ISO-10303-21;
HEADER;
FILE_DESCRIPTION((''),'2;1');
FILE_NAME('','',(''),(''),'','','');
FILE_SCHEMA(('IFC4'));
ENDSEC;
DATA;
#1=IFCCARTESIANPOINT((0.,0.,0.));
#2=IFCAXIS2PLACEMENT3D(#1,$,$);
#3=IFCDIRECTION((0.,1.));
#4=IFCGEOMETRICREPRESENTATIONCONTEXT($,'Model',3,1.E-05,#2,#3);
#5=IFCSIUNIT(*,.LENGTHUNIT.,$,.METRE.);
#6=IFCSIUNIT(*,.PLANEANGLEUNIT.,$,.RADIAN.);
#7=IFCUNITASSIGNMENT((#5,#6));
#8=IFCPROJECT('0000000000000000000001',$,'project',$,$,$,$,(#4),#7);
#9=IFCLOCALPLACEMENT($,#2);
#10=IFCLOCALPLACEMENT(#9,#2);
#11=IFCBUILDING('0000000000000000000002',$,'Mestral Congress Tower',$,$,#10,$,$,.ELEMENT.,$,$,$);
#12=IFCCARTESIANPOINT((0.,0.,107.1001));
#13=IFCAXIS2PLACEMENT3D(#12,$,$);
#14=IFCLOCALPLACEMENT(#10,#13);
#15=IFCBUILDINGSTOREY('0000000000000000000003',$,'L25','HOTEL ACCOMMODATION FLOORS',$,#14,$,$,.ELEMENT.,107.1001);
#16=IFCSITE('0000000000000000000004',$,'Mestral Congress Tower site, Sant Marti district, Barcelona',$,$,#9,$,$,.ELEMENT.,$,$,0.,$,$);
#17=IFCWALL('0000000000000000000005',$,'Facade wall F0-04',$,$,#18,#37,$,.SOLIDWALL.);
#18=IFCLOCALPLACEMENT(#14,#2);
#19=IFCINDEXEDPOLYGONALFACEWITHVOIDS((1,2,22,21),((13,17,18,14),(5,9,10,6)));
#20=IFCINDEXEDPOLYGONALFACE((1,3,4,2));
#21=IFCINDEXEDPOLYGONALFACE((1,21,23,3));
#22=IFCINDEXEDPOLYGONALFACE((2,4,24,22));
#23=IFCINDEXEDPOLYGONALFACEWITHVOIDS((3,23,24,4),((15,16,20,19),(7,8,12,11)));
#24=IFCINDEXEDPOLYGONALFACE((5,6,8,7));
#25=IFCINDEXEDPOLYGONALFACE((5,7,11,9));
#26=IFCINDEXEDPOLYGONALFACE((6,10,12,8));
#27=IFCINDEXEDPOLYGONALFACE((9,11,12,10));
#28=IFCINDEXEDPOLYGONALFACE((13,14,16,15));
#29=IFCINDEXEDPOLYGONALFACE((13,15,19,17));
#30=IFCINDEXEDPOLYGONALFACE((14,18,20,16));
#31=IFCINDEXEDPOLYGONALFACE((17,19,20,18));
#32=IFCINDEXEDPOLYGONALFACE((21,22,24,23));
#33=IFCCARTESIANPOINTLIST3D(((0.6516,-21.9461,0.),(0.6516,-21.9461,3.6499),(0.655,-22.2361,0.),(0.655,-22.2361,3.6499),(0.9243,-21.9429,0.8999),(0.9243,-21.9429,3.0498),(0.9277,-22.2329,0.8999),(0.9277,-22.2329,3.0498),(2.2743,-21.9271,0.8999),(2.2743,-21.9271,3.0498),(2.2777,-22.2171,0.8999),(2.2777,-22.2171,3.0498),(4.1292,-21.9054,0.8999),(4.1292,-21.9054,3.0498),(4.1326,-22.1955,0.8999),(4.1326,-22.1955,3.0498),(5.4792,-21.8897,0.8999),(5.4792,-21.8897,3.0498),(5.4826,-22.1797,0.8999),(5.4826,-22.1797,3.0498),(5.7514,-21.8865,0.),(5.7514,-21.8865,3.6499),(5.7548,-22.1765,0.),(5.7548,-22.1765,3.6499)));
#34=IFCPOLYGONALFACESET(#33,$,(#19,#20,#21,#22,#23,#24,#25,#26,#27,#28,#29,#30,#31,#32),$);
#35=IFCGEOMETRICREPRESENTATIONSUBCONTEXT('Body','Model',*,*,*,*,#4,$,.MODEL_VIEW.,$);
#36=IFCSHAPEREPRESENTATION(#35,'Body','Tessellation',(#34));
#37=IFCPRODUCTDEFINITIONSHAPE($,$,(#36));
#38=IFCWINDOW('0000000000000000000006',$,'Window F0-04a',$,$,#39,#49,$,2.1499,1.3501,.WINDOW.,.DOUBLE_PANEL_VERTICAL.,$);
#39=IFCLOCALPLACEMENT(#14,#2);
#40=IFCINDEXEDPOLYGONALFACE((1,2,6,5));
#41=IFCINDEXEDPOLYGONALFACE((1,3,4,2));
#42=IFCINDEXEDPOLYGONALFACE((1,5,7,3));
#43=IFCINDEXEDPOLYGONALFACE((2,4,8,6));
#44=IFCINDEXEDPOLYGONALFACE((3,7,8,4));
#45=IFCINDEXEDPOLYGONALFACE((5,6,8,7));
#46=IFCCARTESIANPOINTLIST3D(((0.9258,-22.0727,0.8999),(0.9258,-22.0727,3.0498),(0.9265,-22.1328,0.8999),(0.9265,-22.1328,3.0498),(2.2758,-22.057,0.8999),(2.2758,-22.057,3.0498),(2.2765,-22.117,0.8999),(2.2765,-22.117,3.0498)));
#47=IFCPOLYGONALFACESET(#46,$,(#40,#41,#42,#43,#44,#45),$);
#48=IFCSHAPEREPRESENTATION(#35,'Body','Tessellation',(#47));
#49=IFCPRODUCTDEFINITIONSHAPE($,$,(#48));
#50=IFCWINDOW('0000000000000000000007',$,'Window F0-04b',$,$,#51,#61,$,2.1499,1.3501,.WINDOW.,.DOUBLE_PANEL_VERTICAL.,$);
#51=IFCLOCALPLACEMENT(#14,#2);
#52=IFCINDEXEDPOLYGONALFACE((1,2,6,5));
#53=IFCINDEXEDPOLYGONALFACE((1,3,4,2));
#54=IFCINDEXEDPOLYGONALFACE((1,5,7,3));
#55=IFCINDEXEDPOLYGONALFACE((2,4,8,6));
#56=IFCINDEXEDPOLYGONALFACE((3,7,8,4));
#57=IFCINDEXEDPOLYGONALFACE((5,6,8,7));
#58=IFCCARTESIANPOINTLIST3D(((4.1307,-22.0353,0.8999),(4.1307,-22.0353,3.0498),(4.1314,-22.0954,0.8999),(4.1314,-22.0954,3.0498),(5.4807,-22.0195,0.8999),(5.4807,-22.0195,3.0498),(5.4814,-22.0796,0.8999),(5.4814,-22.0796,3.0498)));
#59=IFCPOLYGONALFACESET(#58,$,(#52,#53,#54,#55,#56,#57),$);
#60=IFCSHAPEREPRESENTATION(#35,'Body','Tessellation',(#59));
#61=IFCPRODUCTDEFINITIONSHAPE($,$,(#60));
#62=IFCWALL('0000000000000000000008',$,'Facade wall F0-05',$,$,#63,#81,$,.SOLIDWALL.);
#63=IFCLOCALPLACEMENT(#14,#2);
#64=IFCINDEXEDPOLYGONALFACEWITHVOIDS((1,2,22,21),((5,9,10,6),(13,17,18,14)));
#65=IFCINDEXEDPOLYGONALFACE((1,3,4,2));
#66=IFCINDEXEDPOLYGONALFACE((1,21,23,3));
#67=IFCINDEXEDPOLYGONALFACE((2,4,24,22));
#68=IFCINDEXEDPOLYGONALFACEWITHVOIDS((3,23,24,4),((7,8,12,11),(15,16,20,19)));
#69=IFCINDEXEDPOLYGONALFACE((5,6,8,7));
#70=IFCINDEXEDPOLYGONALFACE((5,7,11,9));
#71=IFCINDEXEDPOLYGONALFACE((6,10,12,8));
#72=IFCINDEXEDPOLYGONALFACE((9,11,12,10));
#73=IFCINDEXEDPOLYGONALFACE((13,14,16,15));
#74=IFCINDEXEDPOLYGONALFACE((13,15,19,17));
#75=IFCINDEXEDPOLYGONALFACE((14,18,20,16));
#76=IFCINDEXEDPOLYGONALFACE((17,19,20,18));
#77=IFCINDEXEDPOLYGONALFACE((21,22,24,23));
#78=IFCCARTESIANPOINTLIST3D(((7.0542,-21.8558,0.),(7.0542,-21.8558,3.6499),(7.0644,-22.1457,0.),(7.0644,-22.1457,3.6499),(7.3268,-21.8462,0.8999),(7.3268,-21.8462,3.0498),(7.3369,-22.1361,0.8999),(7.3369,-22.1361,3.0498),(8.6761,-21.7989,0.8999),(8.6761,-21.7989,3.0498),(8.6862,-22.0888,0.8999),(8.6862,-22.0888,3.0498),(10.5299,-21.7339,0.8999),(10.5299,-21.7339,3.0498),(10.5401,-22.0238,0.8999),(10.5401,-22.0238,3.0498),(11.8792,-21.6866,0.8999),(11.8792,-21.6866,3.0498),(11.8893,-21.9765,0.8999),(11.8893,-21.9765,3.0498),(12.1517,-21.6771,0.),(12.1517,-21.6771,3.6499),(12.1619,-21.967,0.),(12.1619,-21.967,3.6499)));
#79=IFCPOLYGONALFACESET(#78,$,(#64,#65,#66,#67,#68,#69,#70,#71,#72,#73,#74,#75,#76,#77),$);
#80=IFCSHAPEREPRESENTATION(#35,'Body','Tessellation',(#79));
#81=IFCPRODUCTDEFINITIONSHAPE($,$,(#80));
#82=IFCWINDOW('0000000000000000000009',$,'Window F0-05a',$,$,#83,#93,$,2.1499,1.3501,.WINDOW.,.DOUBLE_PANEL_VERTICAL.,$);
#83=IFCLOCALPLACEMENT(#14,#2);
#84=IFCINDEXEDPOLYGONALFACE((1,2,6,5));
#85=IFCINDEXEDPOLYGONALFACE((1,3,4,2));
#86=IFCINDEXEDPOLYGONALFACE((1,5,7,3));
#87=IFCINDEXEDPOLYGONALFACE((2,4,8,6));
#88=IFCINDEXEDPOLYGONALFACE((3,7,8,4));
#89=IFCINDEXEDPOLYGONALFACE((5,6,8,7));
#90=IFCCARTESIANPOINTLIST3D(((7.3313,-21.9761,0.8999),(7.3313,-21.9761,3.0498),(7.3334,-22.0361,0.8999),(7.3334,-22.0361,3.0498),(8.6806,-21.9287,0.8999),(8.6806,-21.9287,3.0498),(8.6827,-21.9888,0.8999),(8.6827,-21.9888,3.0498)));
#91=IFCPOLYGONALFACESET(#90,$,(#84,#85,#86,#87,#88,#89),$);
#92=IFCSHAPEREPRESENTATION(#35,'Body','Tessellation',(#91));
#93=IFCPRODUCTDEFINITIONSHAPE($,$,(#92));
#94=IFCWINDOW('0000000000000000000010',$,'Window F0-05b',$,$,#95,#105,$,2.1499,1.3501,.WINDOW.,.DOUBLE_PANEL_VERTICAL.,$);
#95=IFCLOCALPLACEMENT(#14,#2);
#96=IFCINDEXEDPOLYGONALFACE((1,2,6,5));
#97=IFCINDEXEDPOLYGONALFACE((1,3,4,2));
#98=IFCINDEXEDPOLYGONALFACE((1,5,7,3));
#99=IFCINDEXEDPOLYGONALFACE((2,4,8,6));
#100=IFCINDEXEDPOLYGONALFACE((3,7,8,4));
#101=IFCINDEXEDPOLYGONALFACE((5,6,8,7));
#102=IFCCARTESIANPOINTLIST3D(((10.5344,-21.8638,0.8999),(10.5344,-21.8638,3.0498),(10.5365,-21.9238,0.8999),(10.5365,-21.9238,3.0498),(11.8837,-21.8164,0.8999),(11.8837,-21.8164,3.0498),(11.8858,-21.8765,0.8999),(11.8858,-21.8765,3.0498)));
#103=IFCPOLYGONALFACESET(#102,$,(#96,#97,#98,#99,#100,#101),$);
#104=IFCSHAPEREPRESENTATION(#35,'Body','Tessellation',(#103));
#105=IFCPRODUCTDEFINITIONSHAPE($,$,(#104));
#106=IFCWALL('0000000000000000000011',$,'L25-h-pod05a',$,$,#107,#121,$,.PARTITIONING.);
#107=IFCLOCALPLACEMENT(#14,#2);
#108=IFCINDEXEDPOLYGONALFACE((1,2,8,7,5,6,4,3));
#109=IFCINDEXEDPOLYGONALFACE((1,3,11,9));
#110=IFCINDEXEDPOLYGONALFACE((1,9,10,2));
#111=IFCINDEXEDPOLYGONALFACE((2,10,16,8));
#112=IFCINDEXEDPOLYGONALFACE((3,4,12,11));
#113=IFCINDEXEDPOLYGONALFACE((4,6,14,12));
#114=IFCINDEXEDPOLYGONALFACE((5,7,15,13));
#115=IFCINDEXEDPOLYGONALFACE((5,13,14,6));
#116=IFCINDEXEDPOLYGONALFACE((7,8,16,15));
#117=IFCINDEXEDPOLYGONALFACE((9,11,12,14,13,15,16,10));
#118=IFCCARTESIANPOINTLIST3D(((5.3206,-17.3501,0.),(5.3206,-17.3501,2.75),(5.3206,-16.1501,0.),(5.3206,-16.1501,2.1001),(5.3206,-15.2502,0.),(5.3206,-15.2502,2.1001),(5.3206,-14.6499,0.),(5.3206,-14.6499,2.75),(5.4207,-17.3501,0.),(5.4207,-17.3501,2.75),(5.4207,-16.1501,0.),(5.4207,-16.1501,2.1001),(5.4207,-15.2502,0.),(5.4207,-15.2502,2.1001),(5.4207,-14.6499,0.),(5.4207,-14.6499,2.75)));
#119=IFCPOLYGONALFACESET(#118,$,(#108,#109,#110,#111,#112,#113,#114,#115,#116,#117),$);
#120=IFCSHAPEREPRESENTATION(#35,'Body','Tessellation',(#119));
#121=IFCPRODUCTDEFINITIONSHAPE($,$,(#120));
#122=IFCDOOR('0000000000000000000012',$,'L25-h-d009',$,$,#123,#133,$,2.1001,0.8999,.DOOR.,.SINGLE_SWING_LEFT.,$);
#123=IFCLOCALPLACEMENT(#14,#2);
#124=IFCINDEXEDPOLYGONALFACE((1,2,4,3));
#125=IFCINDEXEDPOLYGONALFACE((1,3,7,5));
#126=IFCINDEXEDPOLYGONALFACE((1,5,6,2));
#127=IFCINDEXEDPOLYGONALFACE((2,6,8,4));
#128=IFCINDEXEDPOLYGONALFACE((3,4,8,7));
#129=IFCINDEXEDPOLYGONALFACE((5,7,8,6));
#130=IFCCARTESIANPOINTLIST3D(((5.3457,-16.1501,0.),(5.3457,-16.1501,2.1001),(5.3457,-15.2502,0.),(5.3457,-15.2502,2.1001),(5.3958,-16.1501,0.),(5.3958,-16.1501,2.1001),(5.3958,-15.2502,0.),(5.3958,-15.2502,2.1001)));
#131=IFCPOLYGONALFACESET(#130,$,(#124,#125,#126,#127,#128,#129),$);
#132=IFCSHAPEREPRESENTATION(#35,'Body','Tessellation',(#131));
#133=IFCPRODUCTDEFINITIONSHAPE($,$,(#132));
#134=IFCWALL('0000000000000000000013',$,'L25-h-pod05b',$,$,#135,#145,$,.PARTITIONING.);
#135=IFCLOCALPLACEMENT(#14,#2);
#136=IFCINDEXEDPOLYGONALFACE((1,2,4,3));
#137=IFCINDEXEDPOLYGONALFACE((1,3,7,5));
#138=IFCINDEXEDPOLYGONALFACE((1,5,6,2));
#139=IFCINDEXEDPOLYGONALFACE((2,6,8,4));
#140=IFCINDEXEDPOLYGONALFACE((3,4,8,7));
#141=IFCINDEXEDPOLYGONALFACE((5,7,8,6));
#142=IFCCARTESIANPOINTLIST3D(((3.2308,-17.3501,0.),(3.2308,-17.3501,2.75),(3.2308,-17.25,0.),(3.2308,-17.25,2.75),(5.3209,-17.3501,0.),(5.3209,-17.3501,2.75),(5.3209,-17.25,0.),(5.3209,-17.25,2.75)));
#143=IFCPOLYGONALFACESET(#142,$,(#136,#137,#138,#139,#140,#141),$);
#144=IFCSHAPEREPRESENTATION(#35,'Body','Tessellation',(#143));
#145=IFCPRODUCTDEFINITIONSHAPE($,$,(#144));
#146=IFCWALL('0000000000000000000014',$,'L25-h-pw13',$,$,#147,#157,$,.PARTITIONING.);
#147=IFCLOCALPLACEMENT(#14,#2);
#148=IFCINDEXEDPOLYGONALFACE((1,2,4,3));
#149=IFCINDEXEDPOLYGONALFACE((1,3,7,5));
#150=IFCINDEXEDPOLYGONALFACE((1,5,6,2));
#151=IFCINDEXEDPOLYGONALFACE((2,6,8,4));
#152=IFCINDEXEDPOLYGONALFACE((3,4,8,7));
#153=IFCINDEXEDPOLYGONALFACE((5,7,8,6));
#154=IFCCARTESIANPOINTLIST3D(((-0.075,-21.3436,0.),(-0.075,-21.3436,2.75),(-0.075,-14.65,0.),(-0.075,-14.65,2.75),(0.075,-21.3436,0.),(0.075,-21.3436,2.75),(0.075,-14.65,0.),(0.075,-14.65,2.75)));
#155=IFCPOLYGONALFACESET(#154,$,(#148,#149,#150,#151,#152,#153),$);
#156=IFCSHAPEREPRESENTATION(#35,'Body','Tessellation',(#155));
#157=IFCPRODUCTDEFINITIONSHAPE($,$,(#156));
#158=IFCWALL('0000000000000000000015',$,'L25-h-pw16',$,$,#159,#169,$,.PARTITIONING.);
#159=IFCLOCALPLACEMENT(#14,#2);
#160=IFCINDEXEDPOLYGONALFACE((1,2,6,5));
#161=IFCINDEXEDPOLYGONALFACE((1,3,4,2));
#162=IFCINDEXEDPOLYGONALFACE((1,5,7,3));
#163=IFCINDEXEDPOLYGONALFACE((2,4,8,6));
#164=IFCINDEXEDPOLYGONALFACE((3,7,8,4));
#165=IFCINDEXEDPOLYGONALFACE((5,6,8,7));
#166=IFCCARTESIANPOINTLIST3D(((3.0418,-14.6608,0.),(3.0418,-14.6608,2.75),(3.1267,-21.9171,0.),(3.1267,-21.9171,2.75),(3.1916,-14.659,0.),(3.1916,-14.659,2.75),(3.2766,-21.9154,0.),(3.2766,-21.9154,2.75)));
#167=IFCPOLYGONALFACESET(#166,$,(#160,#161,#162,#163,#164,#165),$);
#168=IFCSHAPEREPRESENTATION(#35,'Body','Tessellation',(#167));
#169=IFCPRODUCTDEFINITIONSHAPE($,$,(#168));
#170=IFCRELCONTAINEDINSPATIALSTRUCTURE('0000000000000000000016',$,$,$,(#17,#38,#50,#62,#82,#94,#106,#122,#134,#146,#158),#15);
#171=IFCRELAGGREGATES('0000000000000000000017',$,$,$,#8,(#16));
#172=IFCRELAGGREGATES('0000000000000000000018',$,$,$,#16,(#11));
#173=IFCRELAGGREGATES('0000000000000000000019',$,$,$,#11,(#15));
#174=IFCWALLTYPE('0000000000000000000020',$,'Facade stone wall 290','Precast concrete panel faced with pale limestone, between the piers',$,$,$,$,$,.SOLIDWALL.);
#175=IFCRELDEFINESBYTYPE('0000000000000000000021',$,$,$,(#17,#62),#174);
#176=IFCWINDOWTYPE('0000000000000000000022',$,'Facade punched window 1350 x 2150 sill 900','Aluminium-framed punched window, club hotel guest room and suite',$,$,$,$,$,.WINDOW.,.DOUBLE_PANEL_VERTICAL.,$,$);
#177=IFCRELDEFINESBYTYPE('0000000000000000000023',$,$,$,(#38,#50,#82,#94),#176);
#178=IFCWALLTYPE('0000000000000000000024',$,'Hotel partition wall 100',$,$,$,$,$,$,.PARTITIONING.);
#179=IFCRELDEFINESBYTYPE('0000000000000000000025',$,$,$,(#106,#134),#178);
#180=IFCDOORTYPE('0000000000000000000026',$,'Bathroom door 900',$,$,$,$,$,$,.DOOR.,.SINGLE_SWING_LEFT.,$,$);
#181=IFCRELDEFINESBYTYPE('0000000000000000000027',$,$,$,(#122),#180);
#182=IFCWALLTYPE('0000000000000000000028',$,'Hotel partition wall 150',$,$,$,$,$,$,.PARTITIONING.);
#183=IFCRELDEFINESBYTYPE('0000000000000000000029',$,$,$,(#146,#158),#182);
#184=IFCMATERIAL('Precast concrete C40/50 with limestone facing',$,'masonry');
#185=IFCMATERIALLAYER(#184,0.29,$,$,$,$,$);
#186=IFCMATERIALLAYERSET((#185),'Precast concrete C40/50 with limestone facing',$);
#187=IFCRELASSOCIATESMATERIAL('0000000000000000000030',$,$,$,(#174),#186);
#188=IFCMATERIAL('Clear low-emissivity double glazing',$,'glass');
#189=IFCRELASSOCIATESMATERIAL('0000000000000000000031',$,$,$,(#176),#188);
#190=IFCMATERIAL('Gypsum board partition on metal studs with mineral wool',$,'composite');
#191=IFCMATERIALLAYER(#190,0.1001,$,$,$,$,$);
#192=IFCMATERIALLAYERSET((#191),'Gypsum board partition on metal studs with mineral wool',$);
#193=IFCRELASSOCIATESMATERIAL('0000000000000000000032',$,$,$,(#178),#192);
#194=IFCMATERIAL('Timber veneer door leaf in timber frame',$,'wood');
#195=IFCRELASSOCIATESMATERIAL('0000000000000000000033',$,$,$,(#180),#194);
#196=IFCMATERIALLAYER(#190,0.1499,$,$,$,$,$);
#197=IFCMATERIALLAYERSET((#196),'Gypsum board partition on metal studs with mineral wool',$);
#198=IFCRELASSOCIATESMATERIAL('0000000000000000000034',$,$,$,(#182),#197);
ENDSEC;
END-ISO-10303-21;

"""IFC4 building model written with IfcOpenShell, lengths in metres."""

from ifc_helpers import new_model, si_unit, direction, frame, frame_2d, origin, place, context, subcontext, project, spatial, rectangle, extrude, material, layer, layer_set, type_object, element, fill, save


model = new_model("IFC4")

# Units and contexts
model_context = context("Model", 3, precision=1e-05, world=origin(), true_north=direction((0.0, 1.0)))
body_context = subcontext(model_context, "Body", "Model", "MODEL_VIEW")
ifc_project = project(units=[si_unit("LENGTHUNIT", "METRE"), si_unit("PLANEANGLEUNIT", "RADIAN")], contexts=[model_context])

# Site, building, storey
site_placement = place(None, origin())
site = spatial("IfcSite", under=ifc_project, at=site_placement, Name="Mestral Congress Tower site, Sant Marti district, Barcelona", CompositionType="ELEMENT", RefElevation=0.0)
building_placement = place(site_placement, origin())
building = spatial("IfcBuilding", under=site, at=building_placement, Name="Mestral Congress Tower", CompositionType="ELEMENT")
storey_placement = place(building_placement, frame((0.0, 0.0, 107.1001)))
storey = spatial("IfcBuildingStorey", under=building, at=storey_placement, Name="L25", Description="HOTEL ACCOMMODATION FLOORS", CompositionType="ELEMENT", Elevation=107.1001)

# Walls, openings, windows
ifc_material_1 = material(Name="Precast concrete C40/50 with limestone facing", Category="masonry")
ifc_layer_1 = layer(ifc_material_1, 0.29)
ifc_layer_set_1 = layer_set([ifc_layer_1], Name="Precast concrete C40/50 with limestone facing")
wall_type_1 = type_object("IfcWallType", Name="Facade stone wall 290", Description="Precast concrete panel faced with pale limestone, between the piers", PredefinedType="SOLIDWALL", material=ifc_layer_set_1)
wall_1_placement = place(storey_placement, frame((0.6533, -22.0911, 0.0), z_axis=(0.0, 0.0, 1.0), x_axis=(0.999932, 0.01168, 0.0)))
wall_1 = element("IfcWall", 1, at=wall_1_placement, inside=storey, type_object=wall_type_1, Name="Facade wall F0-04", PredefinedType="SOLIDWALL", context=body_context, shape_type="SweptSolid", body=[
    extrude(rectangle(XDim=5.1001, YDim=0.29, at=frame_2d((2.55, 0.0))), origin(), (0.0, 0.0, 1.0), 3.6499),
])
opening_1_placement = place(wall_1_placement, frame((0.2727, 0.0, 0.8999)))
opening_1 = element("IfcOpeningElement", 2, at=opening_1_placement, cuts=wall_1, PredefinedType="OPENING", context=body_context, shape_type="SweptSolid", body=[
    extrude(rectangle(XDim=1.3501, YDim=2.1499, at=frame_2d((0.675, 1.075))), frame((0.0, 0.155, 0.0), z_axis=(0.0, -1.0, 0.0), x_axis=(1.0, 0.0, 0.0)), (0.0, 0.0, 1.0), 0.3101),
])
opening_2_placement = place(wall_1_placement, frame((3.4778, 0.0, 0.8999)))
opening_2 = element("IfcOpeningElement", 3, at=opening_2_placement, cuts=wall_1, PredefinedType="OPENING", context=body_context, shape_type="SweptSolid", body=[
    extrude(rectangle(XDim=1.3501, YDim=2.1499, at=frame_2d((0.675, 1.075))), frame((0.0, 0.155, 0.0), z_axis=(0.0, -1.0, 0.0), x_axis=(1.0, 0.0, 0.0)), (0.0, 0.0, 1.0), 0.3101),
])
ifc_material_2 = material(Name="Clear low-emissivity double glazing", Category="glass")
window_type = type_object("IfcWindowType", Name="Facade punched window 1350 x 2150 sill 900", Description="Aluminium-framed punched window, club hotel guest room and suite", PartitioningType="DOUBLE_PANEL_VERTICAL", PredefinedType="WINDOW", material=ifc_material_2)
window_1_placement = place(opening_1_placement, origin())
window_1 = element("IfcWindow", 4, at=window_1_placement, inside=storey, type_object=window_type, Name="Window F0-04a", OverallHeight=2.1499, OverallWidth=1.3501, PartitioningType="DOUBLE_PANEL_VERTICAL", PredefinedType="WINDOW", context=body_context, shape_type="SweptSolid", body=[
    extrude(rectangle(XDim=1.3501, YDim=2.1499, at=frame_2d((0.675, 1.075))), frame((0.0, 0.0151, 0.0), z_axis=(0.0, -1.0, 0.0), x_axis=(1.0, 0.0, 0.0)), (0.0, 0.0, 1.0), 0.0601),
])
fill(opening_1, window_1)
window_2_placement = place(opening_2_placement, origin())
window_2 = element("IfcWindow", 5, at=window_2_placement, inside=storey, type_object=window_type, Name="Window F0-04b", OverallHeight=2.1499, OverallWidth=1.3501, PartitioningType="DOUBLE_PANEL_VERTICAL", PredefinedType="WINDOW", context=body_context, shape_type="SweptSolid", body=[
    extrude(rectangle(XDim=1.3501, YDim=2.1499, at=frame_2d((0.675, 1.075))), frame((0.0, 0.0151, 0.0), z_axis=(0.0, -1.0, 0.0), x_axis=(1.0, 0.0, 0.0)), (0.0, 0.0, 1.0), 0.0601),
])
fill(opening_2, window_2)
wall_2_placement = place(storey_placement, frame((7.0593, -22.0007, 0.0), z_axis=(0.0, 0.0, 1.0), x_axis=(0.999386, 0.035038, 0.0)))
wall_2 = element("IfcWall", 6, at=wall_2_placement, inside=storey, type_object=wall_type_1, Name="Facade wall F0-05", PredefinedType="SOLIDWALL", context=body_context, shape_type="SweptSolid", body=[
    extrude(rectangle(XDim=5.1006, YDim=0.29, at=frame_2d((2.5503, 0.0))), origin(), (0.0, 0.0, 1.0), 3.6499),
])
opening_3_placement = place(wall_2_placement, frame((0.2727, 0.0, 0.8999)))
opening_3 = element("IfcOpeningElement", 7, at=opening_3_placement, cuts=wall_2, PredefinedType="OPENING", context=body_context, shape_type="SweptSolid", body=[
    extrude(rectangle(XDim=1.3501, YDim=2.1499, at=frame_2d((0.675, 1.075))), frame((0.0, 0.155, 0.0), z_axis=(0.0, -1.0, 0.0), x_axis=(1.0, 0.0, 0.0)), (0.0, 0.0, 1.0), 0.3101),
])
opening_4_placement = place(wall_2_placement, frame((3.4778, 0.0, 0.8999)))
opening_4 = element("IfcOpeningElement", 8, at=opening_4_placement, cuts=wall_2, PredefinedType="OPENING", context=body_context, shape_type="SweptSolid", body=[
    extrude(rectangle(XDim=1.3501, YDim=2.1499, at=frame_2d((0.675, 1.075))), frame((0.0, 0.155, 0.0), z_axis=(0.0, -1.0, 0.0), x_axis=(1.0, 0.0, 0.0)), (0.0, 0.0, 1.0), 0.3101),
])
window_3_placement = place(opening_3_placement, origin())
window_3 = element("IfcWindow", 9, at=window_3_placement, inside=storey, type_object=window_type, Name="Window F0-05a", OverallHeight=2.1499, OverallWidth=1.3501, PartitioningType="DOUBLE_PANEL_VERTICAL", PredefinedType="WINDOW", context=body_context, shape_type="SweptSolid", body=[
    extrude(rectangle(XDim=1.3501, YDim=2.1499, at=frame_2d((0.675, 1.075))), frame((0.0, 0.0151, 0.0), z_axis=(0.0, -1.0, 0.0), x_axis=(1.0, 0.0, 0.0)), (0.0, 0.0, 1.0), 0.0601),
])
fill(opening_3, window_3)
window_4_placement = place(opening_4_placement, origin())
window_4 = element("IfcWindow", 10, at=window_4_placement, inside=storey, type_object=window_type, Name="Window F0-05b", OverallHeight=2.1499, OverallWidth=1.3501, PartitioningType="DOUBLE_PANEL_VERTICAL", PredefinedType="WINDOW", context=body_context, shape_type="SweptSolid", body=[
    extrude(rectangle(XDim=1.3501, YDim=2.1499, at=frame_2d((0.675, 1.075))), frame((0.0, 0.0151, 0.0), z_axis=(0.0, -1.0, 0.0), x_axis=(1.0, 0.0, 0.0)), (0.0, 0.0, 1.0), 0.0601),
])
fill(opening_4, window_4)

# Wall, opening, door
ifc_material_3 = material(Name="Gypsum board partition on metal studs with mineral wool", Category="composite")
ifc_layer_2 = layer(ifc_material_3, 0.1001)
ifc_layer_set_2 = layer_set([ifc_layer_2], Name="Gypsum board partition on metal studs with mineral wool")
wall_type_2 = type_object("IfcWallType", Name="Hotel partition wall 100", PredefinedType="PARTITIONING", material=ifc_layer_set_2)
wall_3_placement = place(storey_placement, frame((5.3706, -17.3501, 0.0), z_axis=(0.0, 0.0, 1.0), x_axis=(0.0, 1.0, 0.0)))
wall_3 = element("IfcWall", 11, at=wall_3_placement, inside=storey, type_object=wall_type_2, Name="L25-h-pod05a", PredefinedType="PARTITIONING", context=body_context, shape_type="SweptSolid", body=[
    extrude(rectangle(XDim=2.7002, YDim=0.1001, at=frame_2d((1.3501, 0.0))), origin(), (0.0, 0.0, 1.0), 2.75),
])
opening_5_placement = place(wall_3_placement, frame((1.2, 0.0, 0.0)))
opening_5 = element("IfcOpeningElement", 12, at=opening_5_placement, cuts=wall_3, PredefinedType="OPENING", context=body_context, shape_type="SweptSolid", body=[
    extrude(rectangle(XDim=0.8999, YDim=2.1001, at=frame_2d((0.45, 1.05))), frame((0.0, 0.0601, 0.0), z_axis=(0.0, -1.0, 0.0), x_axis=(1.0, 0.0, 0.0)), (0.0, 0.0, 1.0), 0.1201),
])
ifc_material_4 = material(Name="Timber veneer door leaf in timber frame", Category="wood")
door_type_1 = type_object("IfcDoorType", Name="Bathroom door 900", OperationType="SINGLE_SWING_LEFT", PredefinedType="DOOR", material=ifc_material_4)
door_1_placement = place(opening_5_placement, origin())
door_1 = element("IfcDoor", 13, at=door_1_placement, inside=storey, type_object=door_type_1, Name="L25-h-d009", OperationType="SINGLE_SWING_LEFT", OverallHeight=2.1001, OverallWidth=0.8999, PredefinedType="DOOR", context=body_context, shape_type="SweptSolid", body=[
    extrude(rectangle(XDim=0.8999, YDim=2.1001, at=frame_2d((0.45, 1.05))), frame((0.0, 0.0249, 0.0), z_axis=(0.0, -1.0, 0.0), x_axis=(1.0, 0.0, 0.0)), (0.0, 0.0, 1.0), 0.05),
])
fill(opening_5, door_1)

# Walls
wall_4_placement = place(storey_placement, frame((5.3208, -17.3, 0.0), z_axis=(0.0, 0.0, 1.0), x_axis=(-1.0, 0.0, 0.0)))
element("IfcWall", 14, at=wall_4_placement, inside=storey, type_object=wall_type_2, Name="L25-h-pod05b", PredefinedType="PARTITIONING", context=body_context, shape_type="SweptSolid", body=[
    extrude(rectangle(XDim=2.0901, YDim=0.1001, at=frame_2d((1.0449, 0.0))), origin(), (0.0, 0.0, 1.0), 2.75),
])
ifc_layer_3 = layer(ifc_material_3, 0.1499)
ifc_layer_set_3 = layer_set([ifc_layer_3], Name="Gypsum board partition on metal studs with mineral wool")
wall_type_3 = type_object("IfcWallType", Name="Hotel partition wall 150", PredefinedType="PARTITIONING", material=ifc_layer_set_3)
wall_5_placement = place(storey_placement, frame((0.0, -21.3435, 0.0), z_axis=(0.0, 0.0, 1.0), x_axis=(0.0, 1.0, 0.0)))
element("IfcWall", 15, at=wall_5_placement, inside=storey, type_object=wall_type_3, Name="L25-h-pw13", PredefinedType="PARTITIONING", context=body_context, shape_type="SweptSolid", body=[
    extrude(rectangle(XDim=6.6936, YDim=0.1499, at=frame_2d((3.3467, 0.0))), origin(), (0.0, 0.0, 1.0), 2.75),
])
wall_6_placement = place(storey_placement, frame((3.2017, -21.9163, 0.0), z_axis=(0.0, 0.0, 1.0), x_axis=(-0.011708, 0.999931, 0.0)))
element("IfcWall", 16, at=wall_6_placement, inside=storey, type_object=wall_type_3, Name="L25-h-pw16", PredefinedType="PARTITIONING", context=body_context, shape_type="SweptSolid", body=[
    extrude(rectangle(XDim=7.2568, YDim=0.1499, at=frame_2d((3.6284, 0.0))), origin(), (0.0, 0.0, 1.0), 2.75),
])

save(model, "model.ifc")
